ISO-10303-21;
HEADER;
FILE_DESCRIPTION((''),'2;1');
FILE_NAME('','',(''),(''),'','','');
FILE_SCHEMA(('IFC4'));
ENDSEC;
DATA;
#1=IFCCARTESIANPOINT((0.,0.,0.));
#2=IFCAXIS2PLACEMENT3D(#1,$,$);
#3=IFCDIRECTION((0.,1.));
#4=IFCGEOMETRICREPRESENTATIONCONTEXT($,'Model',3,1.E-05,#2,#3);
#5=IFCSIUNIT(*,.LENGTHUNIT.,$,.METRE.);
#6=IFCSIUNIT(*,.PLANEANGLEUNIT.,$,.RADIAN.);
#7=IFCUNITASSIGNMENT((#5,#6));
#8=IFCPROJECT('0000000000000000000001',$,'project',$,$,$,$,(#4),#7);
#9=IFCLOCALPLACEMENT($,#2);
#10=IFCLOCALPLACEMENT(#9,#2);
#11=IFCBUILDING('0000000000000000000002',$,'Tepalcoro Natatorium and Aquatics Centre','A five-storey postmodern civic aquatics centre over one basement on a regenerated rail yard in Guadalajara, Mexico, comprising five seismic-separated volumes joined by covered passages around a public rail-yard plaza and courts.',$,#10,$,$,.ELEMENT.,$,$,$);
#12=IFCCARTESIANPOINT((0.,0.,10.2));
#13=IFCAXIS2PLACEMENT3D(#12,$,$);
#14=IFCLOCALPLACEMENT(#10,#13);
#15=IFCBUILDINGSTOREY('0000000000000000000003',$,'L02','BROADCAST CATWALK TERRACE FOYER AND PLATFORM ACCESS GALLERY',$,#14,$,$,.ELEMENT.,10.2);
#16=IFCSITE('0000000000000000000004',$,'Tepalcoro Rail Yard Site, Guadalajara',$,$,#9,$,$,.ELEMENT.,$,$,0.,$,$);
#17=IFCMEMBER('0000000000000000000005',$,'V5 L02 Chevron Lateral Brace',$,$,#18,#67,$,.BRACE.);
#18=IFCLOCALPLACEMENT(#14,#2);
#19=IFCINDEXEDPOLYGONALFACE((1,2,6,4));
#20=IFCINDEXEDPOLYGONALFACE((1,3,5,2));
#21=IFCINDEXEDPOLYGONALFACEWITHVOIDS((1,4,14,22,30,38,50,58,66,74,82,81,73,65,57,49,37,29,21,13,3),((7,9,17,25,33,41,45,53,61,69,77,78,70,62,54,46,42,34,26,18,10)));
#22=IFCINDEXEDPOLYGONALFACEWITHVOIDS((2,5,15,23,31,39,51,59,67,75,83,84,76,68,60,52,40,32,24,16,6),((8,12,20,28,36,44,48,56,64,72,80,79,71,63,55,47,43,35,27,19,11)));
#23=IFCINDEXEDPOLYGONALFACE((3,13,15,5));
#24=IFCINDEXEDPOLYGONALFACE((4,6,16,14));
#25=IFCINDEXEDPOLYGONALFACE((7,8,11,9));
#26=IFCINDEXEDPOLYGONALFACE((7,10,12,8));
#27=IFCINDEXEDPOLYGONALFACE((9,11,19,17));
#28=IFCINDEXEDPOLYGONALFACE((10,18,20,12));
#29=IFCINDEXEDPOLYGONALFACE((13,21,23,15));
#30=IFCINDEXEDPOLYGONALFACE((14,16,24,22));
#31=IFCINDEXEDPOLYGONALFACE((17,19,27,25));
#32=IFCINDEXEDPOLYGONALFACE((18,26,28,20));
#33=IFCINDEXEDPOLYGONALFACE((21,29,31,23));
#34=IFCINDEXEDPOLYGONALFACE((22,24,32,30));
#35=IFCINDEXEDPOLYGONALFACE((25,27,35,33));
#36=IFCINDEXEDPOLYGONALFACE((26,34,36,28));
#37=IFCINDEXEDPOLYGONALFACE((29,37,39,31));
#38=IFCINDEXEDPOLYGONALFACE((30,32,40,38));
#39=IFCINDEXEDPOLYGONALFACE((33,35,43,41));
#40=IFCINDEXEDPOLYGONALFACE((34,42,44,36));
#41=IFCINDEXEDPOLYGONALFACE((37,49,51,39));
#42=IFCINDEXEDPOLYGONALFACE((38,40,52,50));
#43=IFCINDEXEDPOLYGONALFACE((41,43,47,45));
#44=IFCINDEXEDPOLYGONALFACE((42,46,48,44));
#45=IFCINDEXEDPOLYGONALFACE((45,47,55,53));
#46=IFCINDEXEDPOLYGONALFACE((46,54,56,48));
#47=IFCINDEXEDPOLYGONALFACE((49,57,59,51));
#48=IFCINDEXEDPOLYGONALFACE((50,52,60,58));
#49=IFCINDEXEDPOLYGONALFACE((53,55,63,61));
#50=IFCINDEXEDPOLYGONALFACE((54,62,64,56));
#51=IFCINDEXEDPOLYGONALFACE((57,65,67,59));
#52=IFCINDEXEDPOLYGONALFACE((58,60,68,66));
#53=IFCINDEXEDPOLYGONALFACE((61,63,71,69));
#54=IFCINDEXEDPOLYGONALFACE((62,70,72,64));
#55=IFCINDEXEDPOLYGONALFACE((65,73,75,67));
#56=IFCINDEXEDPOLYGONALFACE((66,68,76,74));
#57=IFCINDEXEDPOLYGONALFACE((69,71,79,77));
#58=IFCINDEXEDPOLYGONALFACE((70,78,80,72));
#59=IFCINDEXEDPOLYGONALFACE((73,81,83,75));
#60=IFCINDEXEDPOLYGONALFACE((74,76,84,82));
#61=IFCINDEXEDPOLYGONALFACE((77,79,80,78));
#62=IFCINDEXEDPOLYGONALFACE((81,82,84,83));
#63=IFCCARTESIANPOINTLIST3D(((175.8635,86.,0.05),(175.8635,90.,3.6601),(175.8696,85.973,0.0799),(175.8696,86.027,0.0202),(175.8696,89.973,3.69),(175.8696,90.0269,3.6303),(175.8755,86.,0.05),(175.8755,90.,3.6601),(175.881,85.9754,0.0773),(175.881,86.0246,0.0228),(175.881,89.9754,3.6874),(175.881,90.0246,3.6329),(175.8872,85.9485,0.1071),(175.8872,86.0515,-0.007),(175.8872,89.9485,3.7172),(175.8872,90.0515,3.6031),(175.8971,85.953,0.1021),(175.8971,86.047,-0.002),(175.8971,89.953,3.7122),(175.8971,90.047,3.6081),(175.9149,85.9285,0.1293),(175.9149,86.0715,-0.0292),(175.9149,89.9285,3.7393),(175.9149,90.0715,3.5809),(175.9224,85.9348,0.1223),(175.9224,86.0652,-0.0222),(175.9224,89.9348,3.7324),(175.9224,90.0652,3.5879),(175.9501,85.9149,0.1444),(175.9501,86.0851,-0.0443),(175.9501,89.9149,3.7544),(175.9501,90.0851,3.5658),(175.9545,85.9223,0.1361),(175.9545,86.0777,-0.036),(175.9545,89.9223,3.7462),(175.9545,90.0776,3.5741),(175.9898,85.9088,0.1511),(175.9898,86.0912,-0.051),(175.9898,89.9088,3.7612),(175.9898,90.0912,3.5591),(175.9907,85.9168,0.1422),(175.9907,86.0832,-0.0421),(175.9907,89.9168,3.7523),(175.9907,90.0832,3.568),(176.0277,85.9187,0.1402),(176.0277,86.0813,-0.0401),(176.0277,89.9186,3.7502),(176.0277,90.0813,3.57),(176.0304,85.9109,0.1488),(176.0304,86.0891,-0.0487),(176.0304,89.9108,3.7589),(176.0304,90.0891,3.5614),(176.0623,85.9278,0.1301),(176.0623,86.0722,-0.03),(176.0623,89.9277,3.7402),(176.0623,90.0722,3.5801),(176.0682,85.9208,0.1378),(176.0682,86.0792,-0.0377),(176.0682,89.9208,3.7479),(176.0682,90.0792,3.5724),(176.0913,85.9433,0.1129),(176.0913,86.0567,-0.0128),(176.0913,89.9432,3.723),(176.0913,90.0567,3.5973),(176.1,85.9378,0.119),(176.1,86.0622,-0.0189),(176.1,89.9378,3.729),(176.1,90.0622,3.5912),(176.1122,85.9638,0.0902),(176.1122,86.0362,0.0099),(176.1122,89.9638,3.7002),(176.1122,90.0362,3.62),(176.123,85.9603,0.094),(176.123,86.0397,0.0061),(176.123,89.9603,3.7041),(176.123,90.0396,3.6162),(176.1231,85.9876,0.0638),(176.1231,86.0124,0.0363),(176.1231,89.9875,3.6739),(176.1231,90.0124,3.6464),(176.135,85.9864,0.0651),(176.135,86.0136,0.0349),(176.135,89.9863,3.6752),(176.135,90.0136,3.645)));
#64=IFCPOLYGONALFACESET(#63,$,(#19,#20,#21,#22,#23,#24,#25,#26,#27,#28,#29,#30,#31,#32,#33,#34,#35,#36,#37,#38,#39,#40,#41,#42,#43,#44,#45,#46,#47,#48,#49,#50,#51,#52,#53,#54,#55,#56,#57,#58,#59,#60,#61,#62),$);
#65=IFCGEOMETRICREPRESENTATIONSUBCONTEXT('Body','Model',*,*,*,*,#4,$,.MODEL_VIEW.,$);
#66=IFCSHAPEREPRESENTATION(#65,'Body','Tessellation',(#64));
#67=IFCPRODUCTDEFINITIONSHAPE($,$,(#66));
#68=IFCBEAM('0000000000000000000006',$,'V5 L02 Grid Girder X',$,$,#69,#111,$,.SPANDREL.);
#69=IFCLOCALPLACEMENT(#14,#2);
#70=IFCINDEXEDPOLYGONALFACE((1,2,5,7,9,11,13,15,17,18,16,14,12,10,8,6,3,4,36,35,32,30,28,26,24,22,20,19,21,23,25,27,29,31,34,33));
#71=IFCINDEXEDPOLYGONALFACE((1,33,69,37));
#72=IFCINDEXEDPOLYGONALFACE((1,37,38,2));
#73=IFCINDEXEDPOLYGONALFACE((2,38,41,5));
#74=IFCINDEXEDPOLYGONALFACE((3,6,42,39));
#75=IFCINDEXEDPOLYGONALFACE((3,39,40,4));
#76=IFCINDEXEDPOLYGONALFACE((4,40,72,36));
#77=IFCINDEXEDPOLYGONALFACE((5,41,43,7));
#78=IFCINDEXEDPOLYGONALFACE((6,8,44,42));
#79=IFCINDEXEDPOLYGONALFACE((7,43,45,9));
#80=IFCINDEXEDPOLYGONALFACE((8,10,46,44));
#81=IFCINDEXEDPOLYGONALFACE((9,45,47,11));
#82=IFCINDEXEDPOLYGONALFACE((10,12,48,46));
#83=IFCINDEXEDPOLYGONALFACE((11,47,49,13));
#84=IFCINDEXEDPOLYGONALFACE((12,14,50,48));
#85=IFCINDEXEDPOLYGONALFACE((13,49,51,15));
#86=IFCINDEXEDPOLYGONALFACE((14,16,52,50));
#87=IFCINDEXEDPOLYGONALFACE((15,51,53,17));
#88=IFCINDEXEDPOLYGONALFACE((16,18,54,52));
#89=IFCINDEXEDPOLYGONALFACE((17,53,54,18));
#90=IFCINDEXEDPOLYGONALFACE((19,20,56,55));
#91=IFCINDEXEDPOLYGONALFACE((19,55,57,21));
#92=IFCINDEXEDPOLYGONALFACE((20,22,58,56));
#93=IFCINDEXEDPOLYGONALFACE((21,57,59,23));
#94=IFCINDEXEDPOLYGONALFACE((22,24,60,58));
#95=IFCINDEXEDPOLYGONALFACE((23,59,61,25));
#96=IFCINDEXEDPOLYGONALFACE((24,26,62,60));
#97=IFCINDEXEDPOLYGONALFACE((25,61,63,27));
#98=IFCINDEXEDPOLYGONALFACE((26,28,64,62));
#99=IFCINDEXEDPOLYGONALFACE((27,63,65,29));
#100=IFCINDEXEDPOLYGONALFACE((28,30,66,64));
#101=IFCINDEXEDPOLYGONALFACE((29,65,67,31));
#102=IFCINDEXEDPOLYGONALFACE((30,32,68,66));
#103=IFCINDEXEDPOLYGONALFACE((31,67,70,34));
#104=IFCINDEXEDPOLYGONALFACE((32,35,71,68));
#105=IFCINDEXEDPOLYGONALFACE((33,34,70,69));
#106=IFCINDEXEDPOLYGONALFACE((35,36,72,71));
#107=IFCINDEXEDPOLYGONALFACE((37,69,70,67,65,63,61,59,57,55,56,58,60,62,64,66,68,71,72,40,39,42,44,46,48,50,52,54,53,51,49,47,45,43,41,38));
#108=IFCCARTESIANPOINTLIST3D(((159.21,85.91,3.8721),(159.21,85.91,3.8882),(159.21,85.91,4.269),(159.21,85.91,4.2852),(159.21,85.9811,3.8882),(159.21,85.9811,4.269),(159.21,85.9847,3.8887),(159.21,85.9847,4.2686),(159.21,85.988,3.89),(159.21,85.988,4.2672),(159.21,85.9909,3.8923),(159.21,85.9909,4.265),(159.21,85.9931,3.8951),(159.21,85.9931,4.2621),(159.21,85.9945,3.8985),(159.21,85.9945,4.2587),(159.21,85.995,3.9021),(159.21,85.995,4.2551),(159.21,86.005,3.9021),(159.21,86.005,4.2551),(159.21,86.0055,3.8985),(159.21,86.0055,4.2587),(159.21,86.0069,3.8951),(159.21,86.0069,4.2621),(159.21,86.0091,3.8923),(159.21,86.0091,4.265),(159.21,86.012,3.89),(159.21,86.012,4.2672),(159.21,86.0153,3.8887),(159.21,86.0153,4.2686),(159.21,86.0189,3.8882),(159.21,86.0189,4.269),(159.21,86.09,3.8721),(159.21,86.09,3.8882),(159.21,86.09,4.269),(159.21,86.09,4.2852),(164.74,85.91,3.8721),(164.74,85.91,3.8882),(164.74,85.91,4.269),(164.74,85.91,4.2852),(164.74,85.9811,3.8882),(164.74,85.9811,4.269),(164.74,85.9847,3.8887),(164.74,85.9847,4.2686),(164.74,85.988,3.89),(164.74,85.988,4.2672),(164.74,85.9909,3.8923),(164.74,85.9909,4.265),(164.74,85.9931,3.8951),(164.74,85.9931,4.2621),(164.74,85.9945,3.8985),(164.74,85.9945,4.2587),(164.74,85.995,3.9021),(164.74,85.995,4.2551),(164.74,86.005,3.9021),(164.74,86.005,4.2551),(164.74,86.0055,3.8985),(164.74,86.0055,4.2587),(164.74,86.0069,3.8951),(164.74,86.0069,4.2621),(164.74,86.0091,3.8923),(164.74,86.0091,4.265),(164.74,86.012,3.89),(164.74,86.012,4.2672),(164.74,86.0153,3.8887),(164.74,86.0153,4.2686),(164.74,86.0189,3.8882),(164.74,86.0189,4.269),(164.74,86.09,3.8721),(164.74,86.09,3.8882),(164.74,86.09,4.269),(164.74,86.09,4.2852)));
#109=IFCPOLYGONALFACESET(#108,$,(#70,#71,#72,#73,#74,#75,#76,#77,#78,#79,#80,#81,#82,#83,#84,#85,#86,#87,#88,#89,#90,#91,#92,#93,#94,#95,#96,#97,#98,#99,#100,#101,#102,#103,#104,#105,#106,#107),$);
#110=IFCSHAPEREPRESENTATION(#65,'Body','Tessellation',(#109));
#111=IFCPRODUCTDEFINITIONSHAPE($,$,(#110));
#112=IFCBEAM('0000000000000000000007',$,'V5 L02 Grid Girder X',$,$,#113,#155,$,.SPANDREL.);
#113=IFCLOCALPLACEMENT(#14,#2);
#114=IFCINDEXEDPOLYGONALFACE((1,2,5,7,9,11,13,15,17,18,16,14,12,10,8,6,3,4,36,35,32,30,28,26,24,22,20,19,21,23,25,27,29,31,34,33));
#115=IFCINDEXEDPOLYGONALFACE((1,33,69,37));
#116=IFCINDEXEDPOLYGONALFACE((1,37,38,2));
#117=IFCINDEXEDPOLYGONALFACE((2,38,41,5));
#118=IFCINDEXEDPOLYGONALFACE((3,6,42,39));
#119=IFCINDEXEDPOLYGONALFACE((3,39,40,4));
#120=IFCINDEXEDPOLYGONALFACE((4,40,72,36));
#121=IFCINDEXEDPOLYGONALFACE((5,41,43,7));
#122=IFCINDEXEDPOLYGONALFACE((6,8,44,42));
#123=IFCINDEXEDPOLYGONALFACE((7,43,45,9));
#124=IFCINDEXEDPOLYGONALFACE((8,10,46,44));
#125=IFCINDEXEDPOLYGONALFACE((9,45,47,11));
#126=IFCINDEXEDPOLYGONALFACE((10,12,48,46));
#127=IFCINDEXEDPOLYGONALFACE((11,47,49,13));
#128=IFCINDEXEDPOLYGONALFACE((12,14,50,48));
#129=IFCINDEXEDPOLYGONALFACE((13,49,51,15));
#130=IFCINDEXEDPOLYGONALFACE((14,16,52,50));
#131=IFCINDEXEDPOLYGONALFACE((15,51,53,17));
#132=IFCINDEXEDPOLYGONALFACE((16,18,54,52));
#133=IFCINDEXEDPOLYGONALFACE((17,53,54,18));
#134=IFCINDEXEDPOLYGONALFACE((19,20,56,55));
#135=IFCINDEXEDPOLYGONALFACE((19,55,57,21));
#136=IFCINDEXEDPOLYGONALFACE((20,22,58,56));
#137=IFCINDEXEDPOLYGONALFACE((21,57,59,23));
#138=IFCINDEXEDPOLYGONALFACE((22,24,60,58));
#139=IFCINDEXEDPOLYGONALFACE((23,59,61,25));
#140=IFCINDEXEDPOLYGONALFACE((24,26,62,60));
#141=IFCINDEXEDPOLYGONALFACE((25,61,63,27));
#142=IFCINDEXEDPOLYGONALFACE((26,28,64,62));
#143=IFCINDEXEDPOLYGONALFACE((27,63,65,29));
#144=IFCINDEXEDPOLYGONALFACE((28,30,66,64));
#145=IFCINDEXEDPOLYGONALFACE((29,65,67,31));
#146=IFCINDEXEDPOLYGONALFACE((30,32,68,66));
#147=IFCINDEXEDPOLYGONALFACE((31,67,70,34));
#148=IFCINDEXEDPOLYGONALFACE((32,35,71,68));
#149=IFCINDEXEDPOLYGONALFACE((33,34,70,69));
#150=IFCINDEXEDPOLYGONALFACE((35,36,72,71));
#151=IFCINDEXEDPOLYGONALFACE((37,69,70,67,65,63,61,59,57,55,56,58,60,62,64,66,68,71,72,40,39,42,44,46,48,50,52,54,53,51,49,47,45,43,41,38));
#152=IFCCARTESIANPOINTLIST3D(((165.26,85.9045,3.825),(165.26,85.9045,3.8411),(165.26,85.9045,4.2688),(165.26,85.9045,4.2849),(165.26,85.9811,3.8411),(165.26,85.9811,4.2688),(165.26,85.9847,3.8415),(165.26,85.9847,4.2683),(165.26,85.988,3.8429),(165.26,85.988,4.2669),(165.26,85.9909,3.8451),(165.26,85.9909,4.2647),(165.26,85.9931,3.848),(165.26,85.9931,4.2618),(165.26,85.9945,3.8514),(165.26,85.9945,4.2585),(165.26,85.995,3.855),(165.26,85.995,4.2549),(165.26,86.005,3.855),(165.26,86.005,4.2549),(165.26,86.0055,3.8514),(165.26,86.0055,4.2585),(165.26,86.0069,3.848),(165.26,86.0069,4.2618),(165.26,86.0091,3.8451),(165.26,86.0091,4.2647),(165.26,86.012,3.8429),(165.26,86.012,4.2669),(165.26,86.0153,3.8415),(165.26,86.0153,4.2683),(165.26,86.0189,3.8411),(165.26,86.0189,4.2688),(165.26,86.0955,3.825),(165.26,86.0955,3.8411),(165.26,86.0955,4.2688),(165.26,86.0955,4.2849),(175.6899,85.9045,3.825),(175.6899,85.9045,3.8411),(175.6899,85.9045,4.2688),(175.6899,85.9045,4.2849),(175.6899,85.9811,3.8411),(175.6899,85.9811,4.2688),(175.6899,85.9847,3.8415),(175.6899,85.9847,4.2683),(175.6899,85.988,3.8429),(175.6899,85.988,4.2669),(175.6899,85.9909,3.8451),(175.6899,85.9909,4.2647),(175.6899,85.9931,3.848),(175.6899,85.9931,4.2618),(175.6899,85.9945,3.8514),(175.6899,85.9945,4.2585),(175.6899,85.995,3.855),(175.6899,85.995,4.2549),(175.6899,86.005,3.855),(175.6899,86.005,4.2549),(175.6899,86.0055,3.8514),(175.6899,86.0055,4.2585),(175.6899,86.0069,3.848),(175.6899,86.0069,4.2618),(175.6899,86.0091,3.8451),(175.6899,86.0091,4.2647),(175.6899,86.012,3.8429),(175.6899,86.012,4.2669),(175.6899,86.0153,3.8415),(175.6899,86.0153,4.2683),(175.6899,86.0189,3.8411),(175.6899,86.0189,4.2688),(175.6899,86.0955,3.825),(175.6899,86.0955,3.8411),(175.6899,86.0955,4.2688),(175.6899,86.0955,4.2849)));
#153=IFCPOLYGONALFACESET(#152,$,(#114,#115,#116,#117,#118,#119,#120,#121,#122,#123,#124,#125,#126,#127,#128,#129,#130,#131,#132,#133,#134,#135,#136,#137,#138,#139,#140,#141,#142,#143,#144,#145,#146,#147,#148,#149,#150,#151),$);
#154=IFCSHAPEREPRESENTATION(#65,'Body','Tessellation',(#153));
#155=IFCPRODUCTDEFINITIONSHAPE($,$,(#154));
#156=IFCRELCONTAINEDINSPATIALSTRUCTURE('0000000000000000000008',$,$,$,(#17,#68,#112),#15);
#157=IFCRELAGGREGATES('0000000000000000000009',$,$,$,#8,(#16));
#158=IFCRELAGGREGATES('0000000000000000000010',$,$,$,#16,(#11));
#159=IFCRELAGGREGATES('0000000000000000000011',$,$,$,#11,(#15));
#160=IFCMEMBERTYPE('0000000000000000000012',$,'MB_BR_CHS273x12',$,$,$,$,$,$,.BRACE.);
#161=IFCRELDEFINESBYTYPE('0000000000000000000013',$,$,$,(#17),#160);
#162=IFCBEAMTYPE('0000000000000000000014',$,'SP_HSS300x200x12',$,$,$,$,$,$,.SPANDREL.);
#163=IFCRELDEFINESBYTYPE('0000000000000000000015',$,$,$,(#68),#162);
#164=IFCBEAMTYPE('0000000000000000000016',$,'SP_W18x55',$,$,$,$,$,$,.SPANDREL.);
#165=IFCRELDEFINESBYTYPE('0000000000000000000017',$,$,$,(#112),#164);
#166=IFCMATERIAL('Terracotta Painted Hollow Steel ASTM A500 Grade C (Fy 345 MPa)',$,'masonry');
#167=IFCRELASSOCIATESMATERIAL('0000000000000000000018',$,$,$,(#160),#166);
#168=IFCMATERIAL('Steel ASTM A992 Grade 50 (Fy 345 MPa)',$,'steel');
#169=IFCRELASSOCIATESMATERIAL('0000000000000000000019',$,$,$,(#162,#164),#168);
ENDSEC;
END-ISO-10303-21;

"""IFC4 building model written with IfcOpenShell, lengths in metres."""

from ifc_helpers import new_model, si_unit, direction, frame, origin, origin_2d, place, context, subcontext, project, spatial, hollow_circle, i_section, extrude, material, material_profile, profile_set, type_object, element, save


model = new_model("IFC4")

# Units and contexts
model_context = context("Model", 3, precision=1e-05, world=origin(), true_north=direction((0.0, 1.0)))
body_context = subcontext(model_context, "Body", "Model", "MODEL_VIEW")
ifc_project = project(units=[si_unit("LENGTHUNIT", "METRE"), si_unit("PLANEANGLEUNIT", "RADIAN")], contexts=[model_context])

# Site, building, storey
site_placement = place(None, origin())
site = spatial("IfcSite", under=ifc_project, at=site_placement, Name="Tepalcoro Rail Yard Site, Guadalajara", CompositionType="ELEMENT", RefElevation=0.0)
building_placement = place(site_placement, origin())
building = spatial("IfcBuilding", under=site, at=building_placement, Name="Tepalcoro Natatorium and Aquatics Centre", Description="A five-storey postmodern civic aquatics centre over one basement on a regenerated rail yard in Guadalajara, Mexico, comprising five seismic-separated volumes joined by covered passages around a public rail-yard plaza and courts.", CompositionType="ELEMENT")
storey_placement = place(building_placement, frame((0.0, 0.0, 10.2)))
storey = spatial("IfcBuildingStorey", under=building, at=storey_placement, Name="L02", Description="BROADCAST CATWALK TERRACE FOYER AND PLATFORM ACCESS GALLERY", CompositionType="ELEMENT", Elevation=10.2)

# Member
ifc_material_1 = material(Name="Terracotta Painted Hollow Steel ASTM A500 Grade C (Fy 345 MPa)", Category="masonry")
ifc_material_profile_1 = material_profile(ifc_material_1, hollow_circle(Radius=0.1365, WallThickness=0.012, at=origin_2d()), Name="CHS273X12")
ifc_profile_set_1 = profile_set([ifc_material_profile_1], Name="Terracotta Painted Hollow Steel ASTM A500 Grade C (Fy 345 MPa)")
member_type_1 = type_object("IfcMemberType", Name="MB_BR_CHS273x12", PredefinedType="BRACE", material=ifc_profile_set_1)
member_1_placement = place(storey_placement, frame((176.0, 86.0, 0.05), z_axis=(0.0, 0.742361, 0.67), x_axis=(-1.0, 0.0, 0.0)))
element("IfcMember", 1, at=member_1_placement, inside=storey, type_object=member_type_1, Name="V5 L02 Chevron Lateral Brace", PredefinedType="BRACE", context=body_context, shape_type="SweptSolid", body=[
    extrude(hollow_circle(Radius=0.1365, WallThickness=0.012, at=origin_2d()), origin(), (0.0, 0.0, 1.0), 5.3882),
])

# Beams
ifc_material_2 = material(Name="Steel ASTM A992 Grade 50 (Fy 345 MPa)", Category="steel")
ifc_material_profile_2 = material_profile(ifc_material_2, i_section(OverallWidth=0.1799, OverallDepth=0.4131, WebThickness=0.01, FlangeThickness=0.0161, FilletRadius=0.0139, at=origin_2d()), Name="W16X50")
ifc_profile_set_2 = profile_set([ifc_material_profile_2], Name="Steel ASTM A992 Grade 50 (Fy 345 MPa)")
beam_type_1 = type_object("IfcBeamType", Name="SP_HSS300x200x12", PredefinedType="SPANDREL", material=ifc_profile_set_2)
beam_1_placement = place(storey_placement, frame((159.21, 86.0, 4.0786), z_axis=(1.0, 0.0, 0.0), x_axis=(0.0, 1.0, 0.0)))
element("IfcBeam", 2, at=beam_1_placement, inside=storey, type_object=beam_type_1, Name="V5 L02 Grid Girder X", PredefinedType="SPANDREL", context=body_context, shape_type="SweptSolid", body=[
    extrude(i_section(OverallWidth=0.1799, OverallDepth=0.4131, WebThickness=0.01, FlangeThickness=0.0161, FilletRadius=0.0139, at=origin_2d()), origin(), (0.0, 0.0, 1.0), 5.53),
])
ifc_material_profile_3 = material_profile(ifc_material_2, i_section(OverallWidth=0.1909, OverallDepth=0.46, WebThickness=0.01, FlangeThickness=0.0161, FilletRadius=0.0139, at=origin_2d()), Name="W18X55")
ifc_profile_set_3 = profile_set([ifc_material_profile_3], Name="Steel ASTM A992 Grade 50 (Fy 345 MPa)")
beam_type_2 = type_object("IfcBeamType", Name="SP_W18x55", PredefinedType="SPANDREL", material=ifc_profile_set_3)
beam_2_placement = place(storey_placement, frame((165.26, 86.0, 4.0549), z_axis=(1.0, 0.0, 0.0), x_axis=(0.0, 1.0, 0.0)))
element("IfcBeam", 3, at=beam_2_placement, inside=storey, type_object=beam_type_2, Name="V5 L02 Grid Girder X", PredefinedType="SPANDREL", context=body_context, shape_type="SweptSolid", body=[
    extrude(i_section(OverallWidth=0.1909, OverallDepth=0.46, WebThickness=0.01, FlangeThickness=0.0161, FilletRadius=0.0139, at=origin_2d()), origin(), (0.0, 0.0, 1.0), 10.4299),
])

save(model, "model.ifc")
